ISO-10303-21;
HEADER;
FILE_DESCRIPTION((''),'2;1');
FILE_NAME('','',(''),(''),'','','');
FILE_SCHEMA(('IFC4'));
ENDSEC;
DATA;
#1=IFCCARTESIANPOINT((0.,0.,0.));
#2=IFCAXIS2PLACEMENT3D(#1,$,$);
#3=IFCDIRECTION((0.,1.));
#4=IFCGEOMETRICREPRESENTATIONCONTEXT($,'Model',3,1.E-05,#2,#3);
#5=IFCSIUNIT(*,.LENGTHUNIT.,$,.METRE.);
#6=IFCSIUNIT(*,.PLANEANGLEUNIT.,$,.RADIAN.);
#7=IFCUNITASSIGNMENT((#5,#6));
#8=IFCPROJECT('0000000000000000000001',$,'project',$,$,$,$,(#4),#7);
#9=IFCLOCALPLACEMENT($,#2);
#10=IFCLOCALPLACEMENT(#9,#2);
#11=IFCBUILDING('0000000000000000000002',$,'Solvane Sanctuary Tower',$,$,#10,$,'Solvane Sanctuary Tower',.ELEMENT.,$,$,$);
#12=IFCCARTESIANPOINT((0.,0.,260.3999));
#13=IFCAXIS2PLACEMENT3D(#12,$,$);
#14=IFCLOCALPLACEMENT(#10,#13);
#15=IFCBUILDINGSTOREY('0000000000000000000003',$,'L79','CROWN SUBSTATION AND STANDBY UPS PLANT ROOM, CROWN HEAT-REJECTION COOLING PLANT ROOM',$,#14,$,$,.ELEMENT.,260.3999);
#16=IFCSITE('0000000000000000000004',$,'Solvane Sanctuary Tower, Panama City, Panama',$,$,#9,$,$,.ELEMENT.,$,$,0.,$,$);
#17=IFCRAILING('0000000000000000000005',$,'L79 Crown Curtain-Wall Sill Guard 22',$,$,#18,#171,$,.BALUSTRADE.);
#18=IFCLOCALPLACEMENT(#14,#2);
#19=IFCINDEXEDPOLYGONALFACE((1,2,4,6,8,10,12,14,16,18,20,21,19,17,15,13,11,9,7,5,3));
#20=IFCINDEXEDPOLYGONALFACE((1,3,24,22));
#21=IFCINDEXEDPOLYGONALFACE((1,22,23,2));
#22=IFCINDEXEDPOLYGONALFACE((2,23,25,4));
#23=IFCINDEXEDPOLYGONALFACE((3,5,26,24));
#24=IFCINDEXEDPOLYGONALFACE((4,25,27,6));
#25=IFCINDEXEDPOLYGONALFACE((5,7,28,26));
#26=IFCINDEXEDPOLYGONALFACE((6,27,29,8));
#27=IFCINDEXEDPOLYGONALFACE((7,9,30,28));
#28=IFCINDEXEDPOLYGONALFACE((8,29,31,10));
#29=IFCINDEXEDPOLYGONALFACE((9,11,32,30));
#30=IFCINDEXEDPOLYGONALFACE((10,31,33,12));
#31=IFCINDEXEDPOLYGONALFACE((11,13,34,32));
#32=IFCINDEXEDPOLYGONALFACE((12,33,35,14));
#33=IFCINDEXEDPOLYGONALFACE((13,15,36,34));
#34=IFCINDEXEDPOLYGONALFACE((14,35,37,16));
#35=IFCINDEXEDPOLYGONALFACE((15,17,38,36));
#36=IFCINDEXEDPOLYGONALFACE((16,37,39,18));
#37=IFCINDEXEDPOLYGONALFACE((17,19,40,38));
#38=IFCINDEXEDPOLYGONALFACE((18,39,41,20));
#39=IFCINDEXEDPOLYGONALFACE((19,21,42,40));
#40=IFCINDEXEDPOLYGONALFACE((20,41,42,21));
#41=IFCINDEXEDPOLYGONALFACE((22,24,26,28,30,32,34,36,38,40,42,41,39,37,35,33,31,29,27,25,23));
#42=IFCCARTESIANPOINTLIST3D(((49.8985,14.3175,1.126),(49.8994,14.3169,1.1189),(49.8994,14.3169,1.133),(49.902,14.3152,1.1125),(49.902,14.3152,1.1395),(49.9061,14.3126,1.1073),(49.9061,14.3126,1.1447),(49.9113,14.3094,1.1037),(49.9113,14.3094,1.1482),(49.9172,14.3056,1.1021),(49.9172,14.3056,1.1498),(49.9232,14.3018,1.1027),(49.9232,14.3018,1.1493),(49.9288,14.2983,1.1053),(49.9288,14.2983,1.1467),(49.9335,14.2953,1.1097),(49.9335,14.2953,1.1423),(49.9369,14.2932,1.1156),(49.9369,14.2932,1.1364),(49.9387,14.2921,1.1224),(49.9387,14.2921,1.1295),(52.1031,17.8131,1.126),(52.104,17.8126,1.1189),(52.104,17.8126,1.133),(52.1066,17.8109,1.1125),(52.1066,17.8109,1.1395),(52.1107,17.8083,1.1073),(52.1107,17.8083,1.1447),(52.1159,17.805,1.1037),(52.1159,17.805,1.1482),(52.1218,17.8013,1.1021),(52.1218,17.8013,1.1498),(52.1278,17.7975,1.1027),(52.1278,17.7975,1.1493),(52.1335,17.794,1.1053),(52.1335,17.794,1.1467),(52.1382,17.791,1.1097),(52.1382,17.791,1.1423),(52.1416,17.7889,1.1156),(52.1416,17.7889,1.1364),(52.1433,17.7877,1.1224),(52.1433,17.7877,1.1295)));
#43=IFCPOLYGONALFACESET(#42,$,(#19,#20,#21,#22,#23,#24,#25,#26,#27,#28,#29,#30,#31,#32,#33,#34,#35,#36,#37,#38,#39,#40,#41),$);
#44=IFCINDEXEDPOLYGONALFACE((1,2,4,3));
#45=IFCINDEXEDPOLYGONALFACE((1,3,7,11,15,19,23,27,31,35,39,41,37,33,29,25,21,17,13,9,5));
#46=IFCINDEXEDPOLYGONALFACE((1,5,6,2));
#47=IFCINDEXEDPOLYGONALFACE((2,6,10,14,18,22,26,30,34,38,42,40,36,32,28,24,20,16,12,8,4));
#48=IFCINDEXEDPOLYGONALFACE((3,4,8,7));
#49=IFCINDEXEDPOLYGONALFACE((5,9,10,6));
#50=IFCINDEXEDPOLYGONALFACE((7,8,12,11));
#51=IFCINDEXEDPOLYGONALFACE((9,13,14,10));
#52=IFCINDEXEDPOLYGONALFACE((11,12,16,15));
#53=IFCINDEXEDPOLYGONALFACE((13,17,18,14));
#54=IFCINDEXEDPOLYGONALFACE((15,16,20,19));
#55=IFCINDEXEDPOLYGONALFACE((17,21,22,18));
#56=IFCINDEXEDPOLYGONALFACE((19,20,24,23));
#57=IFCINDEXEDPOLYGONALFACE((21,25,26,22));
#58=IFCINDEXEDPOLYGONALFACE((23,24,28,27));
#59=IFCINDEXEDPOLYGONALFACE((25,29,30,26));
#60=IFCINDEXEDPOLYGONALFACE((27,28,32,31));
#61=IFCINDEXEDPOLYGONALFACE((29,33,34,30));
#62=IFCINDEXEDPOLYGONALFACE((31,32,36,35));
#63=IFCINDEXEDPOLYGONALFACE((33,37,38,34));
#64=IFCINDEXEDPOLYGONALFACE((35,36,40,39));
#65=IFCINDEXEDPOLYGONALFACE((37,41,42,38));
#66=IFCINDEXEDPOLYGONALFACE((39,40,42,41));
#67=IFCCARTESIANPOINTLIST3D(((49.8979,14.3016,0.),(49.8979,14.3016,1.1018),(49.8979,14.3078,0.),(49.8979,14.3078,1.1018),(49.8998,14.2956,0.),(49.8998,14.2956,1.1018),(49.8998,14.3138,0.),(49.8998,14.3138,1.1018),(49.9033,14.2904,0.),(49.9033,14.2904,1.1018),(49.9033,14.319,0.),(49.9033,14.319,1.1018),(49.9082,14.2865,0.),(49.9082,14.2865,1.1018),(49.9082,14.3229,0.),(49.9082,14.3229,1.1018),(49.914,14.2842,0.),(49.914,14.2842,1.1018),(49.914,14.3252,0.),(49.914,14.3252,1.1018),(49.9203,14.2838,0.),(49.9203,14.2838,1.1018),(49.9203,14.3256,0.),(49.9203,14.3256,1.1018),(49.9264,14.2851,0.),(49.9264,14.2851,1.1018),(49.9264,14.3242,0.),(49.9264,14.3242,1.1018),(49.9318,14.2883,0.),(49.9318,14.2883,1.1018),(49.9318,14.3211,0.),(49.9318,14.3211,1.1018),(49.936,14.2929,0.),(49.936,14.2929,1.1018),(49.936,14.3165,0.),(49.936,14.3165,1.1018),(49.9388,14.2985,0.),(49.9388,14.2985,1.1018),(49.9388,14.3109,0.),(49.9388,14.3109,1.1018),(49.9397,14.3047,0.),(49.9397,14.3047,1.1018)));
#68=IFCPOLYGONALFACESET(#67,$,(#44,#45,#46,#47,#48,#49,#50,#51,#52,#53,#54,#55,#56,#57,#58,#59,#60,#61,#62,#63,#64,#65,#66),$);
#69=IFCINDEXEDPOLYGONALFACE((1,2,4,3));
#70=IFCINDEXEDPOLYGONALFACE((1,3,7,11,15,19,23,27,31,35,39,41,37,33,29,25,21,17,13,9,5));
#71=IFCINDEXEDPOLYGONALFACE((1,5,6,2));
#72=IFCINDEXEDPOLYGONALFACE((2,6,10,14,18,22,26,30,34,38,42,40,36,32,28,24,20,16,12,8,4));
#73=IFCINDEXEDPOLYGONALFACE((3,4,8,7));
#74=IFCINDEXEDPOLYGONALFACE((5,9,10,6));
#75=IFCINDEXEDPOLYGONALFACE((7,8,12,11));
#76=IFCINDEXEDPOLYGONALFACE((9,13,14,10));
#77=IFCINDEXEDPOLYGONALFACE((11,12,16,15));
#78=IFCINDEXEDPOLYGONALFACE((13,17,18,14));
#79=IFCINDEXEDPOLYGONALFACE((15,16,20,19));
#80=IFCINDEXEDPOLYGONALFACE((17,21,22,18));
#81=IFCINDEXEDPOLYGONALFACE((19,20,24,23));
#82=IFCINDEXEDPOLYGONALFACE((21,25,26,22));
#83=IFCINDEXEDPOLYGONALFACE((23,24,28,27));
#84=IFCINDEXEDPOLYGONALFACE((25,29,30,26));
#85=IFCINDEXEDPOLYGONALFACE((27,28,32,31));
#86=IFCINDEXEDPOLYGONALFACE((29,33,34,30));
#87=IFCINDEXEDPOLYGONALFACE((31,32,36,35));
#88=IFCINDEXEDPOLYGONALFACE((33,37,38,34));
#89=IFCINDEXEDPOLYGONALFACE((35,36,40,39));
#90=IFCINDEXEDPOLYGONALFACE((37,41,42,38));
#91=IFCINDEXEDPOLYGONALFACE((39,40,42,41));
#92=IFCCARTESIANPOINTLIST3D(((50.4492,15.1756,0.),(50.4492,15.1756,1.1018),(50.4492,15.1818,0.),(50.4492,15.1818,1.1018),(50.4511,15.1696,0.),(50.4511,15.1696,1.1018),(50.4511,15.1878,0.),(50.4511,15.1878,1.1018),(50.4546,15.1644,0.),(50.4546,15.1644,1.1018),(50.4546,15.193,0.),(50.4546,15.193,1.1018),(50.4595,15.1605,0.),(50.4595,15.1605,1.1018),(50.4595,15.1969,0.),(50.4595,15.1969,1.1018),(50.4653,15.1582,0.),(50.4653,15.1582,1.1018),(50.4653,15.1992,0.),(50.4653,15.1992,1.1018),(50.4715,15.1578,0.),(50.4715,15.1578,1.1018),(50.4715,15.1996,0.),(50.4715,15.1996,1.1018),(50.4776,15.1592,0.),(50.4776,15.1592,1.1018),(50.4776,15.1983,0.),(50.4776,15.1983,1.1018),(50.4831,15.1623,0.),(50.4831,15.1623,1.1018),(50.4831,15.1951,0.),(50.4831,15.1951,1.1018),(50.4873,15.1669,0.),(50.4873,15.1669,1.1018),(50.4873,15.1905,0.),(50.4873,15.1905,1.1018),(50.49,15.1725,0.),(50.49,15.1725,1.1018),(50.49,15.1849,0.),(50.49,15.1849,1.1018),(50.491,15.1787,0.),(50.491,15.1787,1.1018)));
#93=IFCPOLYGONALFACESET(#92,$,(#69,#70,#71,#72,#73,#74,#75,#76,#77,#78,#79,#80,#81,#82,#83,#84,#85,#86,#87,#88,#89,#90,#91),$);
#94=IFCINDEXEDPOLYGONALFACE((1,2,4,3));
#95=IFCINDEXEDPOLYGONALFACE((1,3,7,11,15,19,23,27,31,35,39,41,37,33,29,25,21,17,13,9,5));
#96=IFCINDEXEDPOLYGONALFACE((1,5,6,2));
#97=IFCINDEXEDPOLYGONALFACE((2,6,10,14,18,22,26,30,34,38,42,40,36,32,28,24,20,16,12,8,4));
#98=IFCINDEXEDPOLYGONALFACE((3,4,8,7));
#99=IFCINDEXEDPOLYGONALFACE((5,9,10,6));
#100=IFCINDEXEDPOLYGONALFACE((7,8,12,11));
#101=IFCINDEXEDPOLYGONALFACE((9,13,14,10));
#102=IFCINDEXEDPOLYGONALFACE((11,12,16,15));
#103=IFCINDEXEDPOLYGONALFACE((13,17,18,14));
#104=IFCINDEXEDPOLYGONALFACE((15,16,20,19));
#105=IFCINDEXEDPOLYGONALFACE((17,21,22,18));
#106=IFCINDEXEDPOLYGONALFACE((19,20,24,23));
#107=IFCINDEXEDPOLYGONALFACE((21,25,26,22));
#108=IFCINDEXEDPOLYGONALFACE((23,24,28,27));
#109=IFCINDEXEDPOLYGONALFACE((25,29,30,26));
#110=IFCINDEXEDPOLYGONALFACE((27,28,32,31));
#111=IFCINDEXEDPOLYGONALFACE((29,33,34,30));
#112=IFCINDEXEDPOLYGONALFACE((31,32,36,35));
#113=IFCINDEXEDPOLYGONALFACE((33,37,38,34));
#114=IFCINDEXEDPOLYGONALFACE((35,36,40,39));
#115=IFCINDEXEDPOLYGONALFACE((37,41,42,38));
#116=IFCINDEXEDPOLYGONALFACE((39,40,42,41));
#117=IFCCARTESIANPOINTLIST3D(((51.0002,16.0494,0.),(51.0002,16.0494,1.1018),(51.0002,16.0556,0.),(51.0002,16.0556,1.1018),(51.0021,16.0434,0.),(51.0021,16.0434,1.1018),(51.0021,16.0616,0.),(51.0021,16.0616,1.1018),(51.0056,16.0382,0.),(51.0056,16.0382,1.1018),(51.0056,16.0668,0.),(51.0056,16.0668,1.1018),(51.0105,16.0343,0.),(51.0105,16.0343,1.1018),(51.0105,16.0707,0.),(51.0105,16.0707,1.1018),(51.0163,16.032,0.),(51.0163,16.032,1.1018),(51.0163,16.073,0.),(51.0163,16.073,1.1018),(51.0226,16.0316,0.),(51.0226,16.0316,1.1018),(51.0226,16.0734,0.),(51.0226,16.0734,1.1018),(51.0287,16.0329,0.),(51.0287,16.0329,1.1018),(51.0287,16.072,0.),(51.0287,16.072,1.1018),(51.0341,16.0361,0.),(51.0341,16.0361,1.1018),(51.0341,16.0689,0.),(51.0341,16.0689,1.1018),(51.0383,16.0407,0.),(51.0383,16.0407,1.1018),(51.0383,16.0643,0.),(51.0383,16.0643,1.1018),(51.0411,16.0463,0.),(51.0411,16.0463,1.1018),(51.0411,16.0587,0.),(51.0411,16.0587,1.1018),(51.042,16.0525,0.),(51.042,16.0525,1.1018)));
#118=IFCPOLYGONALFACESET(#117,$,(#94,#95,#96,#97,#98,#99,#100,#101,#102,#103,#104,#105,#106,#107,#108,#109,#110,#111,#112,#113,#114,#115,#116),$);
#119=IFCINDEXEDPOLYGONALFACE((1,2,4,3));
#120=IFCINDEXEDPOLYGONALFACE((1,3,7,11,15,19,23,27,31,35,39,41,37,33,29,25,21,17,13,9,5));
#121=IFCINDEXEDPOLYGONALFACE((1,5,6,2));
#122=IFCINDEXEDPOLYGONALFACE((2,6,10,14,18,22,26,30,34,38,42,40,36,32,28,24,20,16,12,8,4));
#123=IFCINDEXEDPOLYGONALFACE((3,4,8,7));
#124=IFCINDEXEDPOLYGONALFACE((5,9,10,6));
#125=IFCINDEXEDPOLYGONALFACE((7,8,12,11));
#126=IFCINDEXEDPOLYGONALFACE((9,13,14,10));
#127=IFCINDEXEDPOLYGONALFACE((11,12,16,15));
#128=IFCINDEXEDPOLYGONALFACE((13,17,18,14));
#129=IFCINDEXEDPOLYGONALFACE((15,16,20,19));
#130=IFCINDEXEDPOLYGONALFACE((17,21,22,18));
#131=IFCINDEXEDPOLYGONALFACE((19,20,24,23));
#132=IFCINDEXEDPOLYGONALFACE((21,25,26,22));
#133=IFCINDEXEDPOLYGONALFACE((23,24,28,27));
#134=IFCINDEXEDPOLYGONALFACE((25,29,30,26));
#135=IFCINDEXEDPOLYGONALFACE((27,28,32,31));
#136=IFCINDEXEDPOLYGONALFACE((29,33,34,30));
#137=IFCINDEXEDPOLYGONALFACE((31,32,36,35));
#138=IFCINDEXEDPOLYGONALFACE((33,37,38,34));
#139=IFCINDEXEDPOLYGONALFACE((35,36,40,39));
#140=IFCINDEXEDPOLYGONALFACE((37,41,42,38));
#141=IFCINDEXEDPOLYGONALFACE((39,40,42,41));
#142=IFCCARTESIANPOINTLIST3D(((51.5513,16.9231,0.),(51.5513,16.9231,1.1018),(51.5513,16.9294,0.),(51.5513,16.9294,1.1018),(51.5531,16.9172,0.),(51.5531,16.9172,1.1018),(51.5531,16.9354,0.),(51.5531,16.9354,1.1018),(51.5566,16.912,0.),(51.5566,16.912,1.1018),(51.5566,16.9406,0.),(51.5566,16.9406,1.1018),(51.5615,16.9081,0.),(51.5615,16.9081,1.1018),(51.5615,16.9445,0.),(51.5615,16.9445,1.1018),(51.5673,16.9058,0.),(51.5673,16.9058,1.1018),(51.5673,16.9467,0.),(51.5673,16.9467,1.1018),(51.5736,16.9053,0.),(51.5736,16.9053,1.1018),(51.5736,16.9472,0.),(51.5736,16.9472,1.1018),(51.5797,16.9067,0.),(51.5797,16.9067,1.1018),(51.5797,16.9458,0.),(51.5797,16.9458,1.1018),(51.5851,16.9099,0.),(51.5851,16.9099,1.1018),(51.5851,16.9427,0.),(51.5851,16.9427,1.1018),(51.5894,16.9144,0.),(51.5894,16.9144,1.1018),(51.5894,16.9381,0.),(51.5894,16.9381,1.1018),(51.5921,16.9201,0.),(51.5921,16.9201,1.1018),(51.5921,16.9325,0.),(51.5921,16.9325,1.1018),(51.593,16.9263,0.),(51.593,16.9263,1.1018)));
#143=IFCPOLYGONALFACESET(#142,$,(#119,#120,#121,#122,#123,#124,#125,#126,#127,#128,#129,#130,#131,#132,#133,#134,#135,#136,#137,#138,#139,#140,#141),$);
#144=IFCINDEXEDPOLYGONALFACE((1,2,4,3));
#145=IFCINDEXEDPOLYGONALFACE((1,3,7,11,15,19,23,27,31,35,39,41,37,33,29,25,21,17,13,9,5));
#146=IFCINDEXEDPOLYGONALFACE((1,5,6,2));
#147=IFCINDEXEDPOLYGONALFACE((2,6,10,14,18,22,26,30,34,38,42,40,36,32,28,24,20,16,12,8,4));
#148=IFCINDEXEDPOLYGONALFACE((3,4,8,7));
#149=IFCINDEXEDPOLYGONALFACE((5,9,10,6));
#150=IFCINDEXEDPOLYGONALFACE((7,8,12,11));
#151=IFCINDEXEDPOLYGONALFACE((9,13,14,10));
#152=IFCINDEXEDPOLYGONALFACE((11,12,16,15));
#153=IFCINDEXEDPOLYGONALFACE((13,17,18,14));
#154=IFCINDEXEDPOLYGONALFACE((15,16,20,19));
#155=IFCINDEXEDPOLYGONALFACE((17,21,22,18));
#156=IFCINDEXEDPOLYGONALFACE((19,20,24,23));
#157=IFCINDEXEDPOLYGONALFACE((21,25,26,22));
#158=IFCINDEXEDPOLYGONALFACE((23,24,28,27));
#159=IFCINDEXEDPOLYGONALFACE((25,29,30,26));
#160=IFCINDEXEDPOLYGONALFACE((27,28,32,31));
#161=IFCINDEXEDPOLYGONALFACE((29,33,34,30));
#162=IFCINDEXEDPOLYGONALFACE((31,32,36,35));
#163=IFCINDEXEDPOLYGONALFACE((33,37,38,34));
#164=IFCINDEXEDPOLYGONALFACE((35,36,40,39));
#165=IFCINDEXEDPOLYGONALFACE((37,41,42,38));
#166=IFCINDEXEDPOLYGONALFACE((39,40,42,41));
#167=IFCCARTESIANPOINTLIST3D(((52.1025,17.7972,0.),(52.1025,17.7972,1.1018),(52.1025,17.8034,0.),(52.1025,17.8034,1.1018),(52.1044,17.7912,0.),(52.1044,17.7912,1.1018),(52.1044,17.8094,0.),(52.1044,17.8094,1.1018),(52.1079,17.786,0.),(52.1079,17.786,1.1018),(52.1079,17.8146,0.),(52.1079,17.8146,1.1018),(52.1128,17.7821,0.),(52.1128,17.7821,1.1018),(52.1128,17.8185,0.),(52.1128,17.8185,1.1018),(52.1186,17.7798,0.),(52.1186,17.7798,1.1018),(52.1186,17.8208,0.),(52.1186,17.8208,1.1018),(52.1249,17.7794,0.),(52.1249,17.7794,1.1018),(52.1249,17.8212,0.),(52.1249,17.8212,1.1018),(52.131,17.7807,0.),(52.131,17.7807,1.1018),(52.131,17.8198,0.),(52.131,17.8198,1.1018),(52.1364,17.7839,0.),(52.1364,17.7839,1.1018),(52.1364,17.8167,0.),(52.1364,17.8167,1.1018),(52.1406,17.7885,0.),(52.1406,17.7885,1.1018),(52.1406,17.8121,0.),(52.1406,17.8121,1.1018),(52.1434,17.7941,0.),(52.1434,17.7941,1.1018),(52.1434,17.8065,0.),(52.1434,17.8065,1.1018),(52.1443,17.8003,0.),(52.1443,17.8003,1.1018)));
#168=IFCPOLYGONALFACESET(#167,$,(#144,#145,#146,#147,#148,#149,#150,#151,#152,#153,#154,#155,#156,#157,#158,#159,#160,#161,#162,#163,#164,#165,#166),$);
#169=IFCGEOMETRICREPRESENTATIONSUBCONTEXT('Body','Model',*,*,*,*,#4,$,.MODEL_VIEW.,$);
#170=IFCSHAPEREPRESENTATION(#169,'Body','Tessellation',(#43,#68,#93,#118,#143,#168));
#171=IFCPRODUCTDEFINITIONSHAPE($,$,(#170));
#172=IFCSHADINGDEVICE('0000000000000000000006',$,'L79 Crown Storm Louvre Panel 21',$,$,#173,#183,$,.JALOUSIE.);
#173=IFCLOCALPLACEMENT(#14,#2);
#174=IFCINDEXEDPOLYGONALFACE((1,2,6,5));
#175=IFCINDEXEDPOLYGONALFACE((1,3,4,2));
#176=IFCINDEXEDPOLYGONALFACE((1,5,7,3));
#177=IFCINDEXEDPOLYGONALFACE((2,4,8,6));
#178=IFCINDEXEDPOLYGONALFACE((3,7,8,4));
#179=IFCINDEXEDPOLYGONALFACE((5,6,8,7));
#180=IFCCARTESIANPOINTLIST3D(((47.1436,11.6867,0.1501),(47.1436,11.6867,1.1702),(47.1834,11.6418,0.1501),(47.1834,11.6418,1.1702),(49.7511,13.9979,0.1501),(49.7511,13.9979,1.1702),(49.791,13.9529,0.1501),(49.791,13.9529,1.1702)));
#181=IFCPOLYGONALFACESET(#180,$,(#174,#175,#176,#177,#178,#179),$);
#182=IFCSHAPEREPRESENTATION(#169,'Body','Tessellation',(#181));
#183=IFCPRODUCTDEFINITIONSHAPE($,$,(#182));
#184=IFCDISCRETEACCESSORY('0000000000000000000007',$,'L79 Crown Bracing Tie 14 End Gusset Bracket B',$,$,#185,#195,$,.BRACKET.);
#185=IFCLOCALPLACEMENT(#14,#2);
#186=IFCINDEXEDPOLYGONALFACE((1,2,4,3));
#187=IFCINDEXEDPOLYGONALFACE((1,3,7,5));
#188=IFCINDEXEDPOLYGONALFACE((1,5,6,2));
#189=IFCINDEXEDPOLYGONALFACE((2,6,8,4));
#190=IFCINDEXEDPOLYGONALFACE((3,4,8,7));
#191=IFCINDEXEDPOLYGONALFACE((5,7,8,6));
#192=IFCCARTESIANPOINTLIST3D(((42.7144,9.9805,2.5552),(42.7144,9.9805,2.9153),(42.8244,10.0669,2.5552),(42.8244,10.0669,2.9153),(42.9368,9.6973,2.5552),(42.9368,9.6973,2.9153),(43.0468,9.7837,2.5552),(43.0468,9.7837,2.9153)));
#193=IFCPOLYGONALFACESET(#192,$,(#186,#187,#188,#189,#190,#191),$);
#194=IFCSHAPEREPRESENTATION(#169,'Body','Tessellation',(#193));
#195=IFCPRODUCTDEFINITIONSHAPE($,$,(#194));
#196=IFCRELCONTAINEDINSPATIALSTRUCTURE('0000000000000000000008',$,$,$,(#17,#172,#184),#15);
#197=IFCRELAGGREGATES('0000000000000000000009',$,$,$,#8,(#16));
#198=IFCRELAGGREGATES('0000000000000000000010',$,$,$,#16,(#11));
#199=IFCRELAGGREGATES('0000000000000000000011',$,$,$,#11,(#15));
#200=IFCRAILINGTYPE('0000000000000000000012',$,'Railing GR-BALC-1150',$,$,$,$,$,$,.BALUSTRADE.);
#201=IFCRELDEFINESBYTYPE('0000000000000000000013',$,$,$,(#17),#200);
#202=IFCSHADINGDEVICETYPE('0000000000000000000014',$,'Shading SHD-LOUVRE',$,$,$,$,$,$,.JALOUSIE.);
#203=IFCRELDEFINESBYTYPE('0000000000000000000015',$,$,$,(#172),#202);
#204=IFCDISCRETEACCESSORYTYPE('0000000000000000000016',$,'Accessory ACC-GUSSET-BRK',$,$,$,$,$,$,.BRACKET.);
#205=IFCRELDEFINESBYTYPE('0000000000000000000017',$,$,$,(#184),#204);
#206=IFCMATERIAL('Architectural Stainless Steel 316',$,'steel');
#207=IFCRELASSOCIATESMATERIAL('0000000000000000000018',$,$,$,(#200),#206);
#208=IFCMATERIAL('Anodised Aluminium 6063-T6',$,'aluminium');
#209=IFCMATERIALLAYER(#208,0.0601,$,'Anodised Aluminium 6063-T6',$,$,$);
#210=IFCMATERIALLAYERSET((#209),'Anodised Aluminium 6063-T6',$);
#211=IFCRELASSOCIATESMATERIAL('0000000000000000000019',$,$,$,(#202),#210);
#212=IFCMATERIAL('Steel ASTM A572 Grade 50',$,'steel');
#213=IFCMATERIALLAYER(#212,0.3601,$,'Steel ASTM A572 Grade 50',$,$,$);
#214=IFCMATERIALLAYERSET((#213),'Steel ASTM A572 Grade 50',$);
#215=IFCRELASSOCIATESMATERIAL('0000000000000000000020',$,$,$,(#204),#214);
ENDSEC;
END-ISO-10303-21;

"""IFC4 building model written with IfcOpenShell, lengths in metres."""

from ifc_helpers import new_model, si_unit, direction, frame, origin, origin_2d, place, context, subcontext, project, spatial, rectangle, circle, extrude, material, layer, layer_set, type_object, element, save


model = new_model("IFC4")

# Units and contexts
model_context = context("Model", 3, precision=1e-05, world=origin(), true_north=direction((0.0, 1.0)))
body_context = subcontext(model_context, "Body", "Model", "MODEL_VIEW")
ifc_project = project(units=[si_unit("LENGTHUNIT", "METRE"), si_unit("PLANEANGLEUNIT", "RADIAN")], contexts=[model_context])

# Site, building, storey
site_placement = place(None, origin())
site = spatial("IfcSite", under=ifc_project, at=site_placement, Name="Solvane Sanctuary Tower, Panama City, Panama", CompositionType="ELEMENT", RefElevation=0.0)
building_placement = place(site_placement, origin())
building = spatial("IfcBuilding", under=site, at=building_placement, Name="Solvane Sanctuary Tower", LongName="Solvane Sanctuary Tower", CompositionType="ELEMENT")
storey_placement = place(building_placement, frame((0.0, 0.0, 260.3999)))
storey = spatial("IfcBuildingStorey", under=building, at=storey_placement, Name="L79", Description="CROWN SUBSTATION AND STANDBY UPS PLANT ROOM, CROWN HEAT-REJECTION COOLING PLANT ROOM", CompositionType="ELEMENT", Elevation=260.3999)

# Shared definitions
ifc_material_1 = material(Name="Anodised Aluminium 6063-T6", Category="aluminium")

# Railing
ifc_material_2 = material(Name="Architectural Stainless Steel 316", Category="steel")
railing_type = type_object("IfcRailingType", Name="Railing GR-BALC-1150", PredefinedType="BALUSTRADE", material=ifc_material_2)
railing_1_placement = place(storey_placement, frame((49.9187, 14.3047, 0.0)))
element("IfcRailing", 1, at=railing_1_placement, inside=storey, type_object=railing_type, Name="L79 Crown Curtain-Wall Sill Guard 22", PredefinedType="BALUSTRADE", context=body_context, shape_type="SweptSolid", body=[
    extrude(circle(Radius=0.0239, at=origin_2d()), frame((0.0, 0.0, 1.126), z_axis=(0.533446, 0.845834, 0.0), x_axis=(-0.845834, 0.533446, 0.0)), (0.0, 0.0, 1.0), 4.1328),
    extrude(circle(Radius=0.021, at=origin_2d()), origin(), (0.0, 0.0, 1.0), 1.1018),
    extrude(circle(Radius=0.021, at=origin_2d()), frame((0.5513, 0.874, 0.0)), (0.0, 0.0, 1.0), 1.1018),
    extrude(circle(Radius=0.021, at=origin_2d()), frame((1.1023, 1.7478, 0.0)), (0.0, 0.0, 1.0), 1.1018),
    extrude(circle(Radius=0.021, at=origin_2d()), frame((1.6533, 2.6216, 0.0)), (0.0, 0.0, 1.0), 1.1018),
    extrude(circle(Radius=0.021, at=origin_2d()), frame((2.2046, 3.4956, 0.0)), (0.0, 0.0, 1.0), 1.1018),
])

# Shading device
ifc_layer_1 = layer(ifc_material_1, 0.0601, Name="Anodised Aluminium 6063-T6")
ifc_layer_set_1 = layer_set([ifc_layer_1], Name="Anodised Aluminium 6063-T6")
shading_device_type = type_object("IfcShadingDeviceType", Name="Shading SHD-LOUVRE", PredefinedType="JALOUSIE", material=ifc_layer_set_1)
shading_device_placement = place(storey_placement, frame((48.4673, 12.8198, 0.1501), z_axis=(0.0, 0.0, 1.0), x_axis=(0.748354, 0.6633, 0.0)))
element("IfcShadingDevice", 2, at=shading_device_placement, inside=storey, type_object=shading_device_type, Name="L79 Crown Storm Louvre Panel 21", PredefinedType="JALOUSIE", context=body_context, shape_type="SweptSolid", body=[
    extrude(rectangle(XDim=3.4844, YDim=0.0601, at=origin_2d()), origin(), (0.0, 0.0, 1.0), 1.02),
])

# Discrete accessory
ifc_material_3 = material(Name="Steel ASTM A572 Grade 50", Category="steel")
ifc_layer_2 = layer(ifc_material_3, 0.3601, Name="Steel ASTM A572 Grade 50")
ifc_layer_set_2 = layer_set([ifc_layer_2], Name="Steel ASTM A572 Grade 50")
discrete_accessory_type = type_object("IfcDiscreteAccessoryType", Name="Accessory ACC-GUSSET-BRK", PredefinedType="BRACKET", material=ifc_layer_set_2)
discrete_accessory_placement = place(storey_placement, frame((42.8806, 9.8821, 2.5552), z_axis=(0.0, 0.0, 1.0), x_axis=(0.617722, -0.786396, 0.0)))
element("IfcDiscreteAccessory", 3, at=discrete_accessory_placement, inside=storey, type_object=discrete_accessory_type, Name="L79 Crown Bracing Tie 14 End Gusset Bracket B", PredefinedType="BRACKET", context=body_context, shape_type="SweptSolid", body=[
    extrude(rectangle(XDim=0.3601, YDim=0.1399, at=origin_2d()), origin(), (0.0, 0.0, 1.0), 0.3601),
])

save(model, "model.ifc")
